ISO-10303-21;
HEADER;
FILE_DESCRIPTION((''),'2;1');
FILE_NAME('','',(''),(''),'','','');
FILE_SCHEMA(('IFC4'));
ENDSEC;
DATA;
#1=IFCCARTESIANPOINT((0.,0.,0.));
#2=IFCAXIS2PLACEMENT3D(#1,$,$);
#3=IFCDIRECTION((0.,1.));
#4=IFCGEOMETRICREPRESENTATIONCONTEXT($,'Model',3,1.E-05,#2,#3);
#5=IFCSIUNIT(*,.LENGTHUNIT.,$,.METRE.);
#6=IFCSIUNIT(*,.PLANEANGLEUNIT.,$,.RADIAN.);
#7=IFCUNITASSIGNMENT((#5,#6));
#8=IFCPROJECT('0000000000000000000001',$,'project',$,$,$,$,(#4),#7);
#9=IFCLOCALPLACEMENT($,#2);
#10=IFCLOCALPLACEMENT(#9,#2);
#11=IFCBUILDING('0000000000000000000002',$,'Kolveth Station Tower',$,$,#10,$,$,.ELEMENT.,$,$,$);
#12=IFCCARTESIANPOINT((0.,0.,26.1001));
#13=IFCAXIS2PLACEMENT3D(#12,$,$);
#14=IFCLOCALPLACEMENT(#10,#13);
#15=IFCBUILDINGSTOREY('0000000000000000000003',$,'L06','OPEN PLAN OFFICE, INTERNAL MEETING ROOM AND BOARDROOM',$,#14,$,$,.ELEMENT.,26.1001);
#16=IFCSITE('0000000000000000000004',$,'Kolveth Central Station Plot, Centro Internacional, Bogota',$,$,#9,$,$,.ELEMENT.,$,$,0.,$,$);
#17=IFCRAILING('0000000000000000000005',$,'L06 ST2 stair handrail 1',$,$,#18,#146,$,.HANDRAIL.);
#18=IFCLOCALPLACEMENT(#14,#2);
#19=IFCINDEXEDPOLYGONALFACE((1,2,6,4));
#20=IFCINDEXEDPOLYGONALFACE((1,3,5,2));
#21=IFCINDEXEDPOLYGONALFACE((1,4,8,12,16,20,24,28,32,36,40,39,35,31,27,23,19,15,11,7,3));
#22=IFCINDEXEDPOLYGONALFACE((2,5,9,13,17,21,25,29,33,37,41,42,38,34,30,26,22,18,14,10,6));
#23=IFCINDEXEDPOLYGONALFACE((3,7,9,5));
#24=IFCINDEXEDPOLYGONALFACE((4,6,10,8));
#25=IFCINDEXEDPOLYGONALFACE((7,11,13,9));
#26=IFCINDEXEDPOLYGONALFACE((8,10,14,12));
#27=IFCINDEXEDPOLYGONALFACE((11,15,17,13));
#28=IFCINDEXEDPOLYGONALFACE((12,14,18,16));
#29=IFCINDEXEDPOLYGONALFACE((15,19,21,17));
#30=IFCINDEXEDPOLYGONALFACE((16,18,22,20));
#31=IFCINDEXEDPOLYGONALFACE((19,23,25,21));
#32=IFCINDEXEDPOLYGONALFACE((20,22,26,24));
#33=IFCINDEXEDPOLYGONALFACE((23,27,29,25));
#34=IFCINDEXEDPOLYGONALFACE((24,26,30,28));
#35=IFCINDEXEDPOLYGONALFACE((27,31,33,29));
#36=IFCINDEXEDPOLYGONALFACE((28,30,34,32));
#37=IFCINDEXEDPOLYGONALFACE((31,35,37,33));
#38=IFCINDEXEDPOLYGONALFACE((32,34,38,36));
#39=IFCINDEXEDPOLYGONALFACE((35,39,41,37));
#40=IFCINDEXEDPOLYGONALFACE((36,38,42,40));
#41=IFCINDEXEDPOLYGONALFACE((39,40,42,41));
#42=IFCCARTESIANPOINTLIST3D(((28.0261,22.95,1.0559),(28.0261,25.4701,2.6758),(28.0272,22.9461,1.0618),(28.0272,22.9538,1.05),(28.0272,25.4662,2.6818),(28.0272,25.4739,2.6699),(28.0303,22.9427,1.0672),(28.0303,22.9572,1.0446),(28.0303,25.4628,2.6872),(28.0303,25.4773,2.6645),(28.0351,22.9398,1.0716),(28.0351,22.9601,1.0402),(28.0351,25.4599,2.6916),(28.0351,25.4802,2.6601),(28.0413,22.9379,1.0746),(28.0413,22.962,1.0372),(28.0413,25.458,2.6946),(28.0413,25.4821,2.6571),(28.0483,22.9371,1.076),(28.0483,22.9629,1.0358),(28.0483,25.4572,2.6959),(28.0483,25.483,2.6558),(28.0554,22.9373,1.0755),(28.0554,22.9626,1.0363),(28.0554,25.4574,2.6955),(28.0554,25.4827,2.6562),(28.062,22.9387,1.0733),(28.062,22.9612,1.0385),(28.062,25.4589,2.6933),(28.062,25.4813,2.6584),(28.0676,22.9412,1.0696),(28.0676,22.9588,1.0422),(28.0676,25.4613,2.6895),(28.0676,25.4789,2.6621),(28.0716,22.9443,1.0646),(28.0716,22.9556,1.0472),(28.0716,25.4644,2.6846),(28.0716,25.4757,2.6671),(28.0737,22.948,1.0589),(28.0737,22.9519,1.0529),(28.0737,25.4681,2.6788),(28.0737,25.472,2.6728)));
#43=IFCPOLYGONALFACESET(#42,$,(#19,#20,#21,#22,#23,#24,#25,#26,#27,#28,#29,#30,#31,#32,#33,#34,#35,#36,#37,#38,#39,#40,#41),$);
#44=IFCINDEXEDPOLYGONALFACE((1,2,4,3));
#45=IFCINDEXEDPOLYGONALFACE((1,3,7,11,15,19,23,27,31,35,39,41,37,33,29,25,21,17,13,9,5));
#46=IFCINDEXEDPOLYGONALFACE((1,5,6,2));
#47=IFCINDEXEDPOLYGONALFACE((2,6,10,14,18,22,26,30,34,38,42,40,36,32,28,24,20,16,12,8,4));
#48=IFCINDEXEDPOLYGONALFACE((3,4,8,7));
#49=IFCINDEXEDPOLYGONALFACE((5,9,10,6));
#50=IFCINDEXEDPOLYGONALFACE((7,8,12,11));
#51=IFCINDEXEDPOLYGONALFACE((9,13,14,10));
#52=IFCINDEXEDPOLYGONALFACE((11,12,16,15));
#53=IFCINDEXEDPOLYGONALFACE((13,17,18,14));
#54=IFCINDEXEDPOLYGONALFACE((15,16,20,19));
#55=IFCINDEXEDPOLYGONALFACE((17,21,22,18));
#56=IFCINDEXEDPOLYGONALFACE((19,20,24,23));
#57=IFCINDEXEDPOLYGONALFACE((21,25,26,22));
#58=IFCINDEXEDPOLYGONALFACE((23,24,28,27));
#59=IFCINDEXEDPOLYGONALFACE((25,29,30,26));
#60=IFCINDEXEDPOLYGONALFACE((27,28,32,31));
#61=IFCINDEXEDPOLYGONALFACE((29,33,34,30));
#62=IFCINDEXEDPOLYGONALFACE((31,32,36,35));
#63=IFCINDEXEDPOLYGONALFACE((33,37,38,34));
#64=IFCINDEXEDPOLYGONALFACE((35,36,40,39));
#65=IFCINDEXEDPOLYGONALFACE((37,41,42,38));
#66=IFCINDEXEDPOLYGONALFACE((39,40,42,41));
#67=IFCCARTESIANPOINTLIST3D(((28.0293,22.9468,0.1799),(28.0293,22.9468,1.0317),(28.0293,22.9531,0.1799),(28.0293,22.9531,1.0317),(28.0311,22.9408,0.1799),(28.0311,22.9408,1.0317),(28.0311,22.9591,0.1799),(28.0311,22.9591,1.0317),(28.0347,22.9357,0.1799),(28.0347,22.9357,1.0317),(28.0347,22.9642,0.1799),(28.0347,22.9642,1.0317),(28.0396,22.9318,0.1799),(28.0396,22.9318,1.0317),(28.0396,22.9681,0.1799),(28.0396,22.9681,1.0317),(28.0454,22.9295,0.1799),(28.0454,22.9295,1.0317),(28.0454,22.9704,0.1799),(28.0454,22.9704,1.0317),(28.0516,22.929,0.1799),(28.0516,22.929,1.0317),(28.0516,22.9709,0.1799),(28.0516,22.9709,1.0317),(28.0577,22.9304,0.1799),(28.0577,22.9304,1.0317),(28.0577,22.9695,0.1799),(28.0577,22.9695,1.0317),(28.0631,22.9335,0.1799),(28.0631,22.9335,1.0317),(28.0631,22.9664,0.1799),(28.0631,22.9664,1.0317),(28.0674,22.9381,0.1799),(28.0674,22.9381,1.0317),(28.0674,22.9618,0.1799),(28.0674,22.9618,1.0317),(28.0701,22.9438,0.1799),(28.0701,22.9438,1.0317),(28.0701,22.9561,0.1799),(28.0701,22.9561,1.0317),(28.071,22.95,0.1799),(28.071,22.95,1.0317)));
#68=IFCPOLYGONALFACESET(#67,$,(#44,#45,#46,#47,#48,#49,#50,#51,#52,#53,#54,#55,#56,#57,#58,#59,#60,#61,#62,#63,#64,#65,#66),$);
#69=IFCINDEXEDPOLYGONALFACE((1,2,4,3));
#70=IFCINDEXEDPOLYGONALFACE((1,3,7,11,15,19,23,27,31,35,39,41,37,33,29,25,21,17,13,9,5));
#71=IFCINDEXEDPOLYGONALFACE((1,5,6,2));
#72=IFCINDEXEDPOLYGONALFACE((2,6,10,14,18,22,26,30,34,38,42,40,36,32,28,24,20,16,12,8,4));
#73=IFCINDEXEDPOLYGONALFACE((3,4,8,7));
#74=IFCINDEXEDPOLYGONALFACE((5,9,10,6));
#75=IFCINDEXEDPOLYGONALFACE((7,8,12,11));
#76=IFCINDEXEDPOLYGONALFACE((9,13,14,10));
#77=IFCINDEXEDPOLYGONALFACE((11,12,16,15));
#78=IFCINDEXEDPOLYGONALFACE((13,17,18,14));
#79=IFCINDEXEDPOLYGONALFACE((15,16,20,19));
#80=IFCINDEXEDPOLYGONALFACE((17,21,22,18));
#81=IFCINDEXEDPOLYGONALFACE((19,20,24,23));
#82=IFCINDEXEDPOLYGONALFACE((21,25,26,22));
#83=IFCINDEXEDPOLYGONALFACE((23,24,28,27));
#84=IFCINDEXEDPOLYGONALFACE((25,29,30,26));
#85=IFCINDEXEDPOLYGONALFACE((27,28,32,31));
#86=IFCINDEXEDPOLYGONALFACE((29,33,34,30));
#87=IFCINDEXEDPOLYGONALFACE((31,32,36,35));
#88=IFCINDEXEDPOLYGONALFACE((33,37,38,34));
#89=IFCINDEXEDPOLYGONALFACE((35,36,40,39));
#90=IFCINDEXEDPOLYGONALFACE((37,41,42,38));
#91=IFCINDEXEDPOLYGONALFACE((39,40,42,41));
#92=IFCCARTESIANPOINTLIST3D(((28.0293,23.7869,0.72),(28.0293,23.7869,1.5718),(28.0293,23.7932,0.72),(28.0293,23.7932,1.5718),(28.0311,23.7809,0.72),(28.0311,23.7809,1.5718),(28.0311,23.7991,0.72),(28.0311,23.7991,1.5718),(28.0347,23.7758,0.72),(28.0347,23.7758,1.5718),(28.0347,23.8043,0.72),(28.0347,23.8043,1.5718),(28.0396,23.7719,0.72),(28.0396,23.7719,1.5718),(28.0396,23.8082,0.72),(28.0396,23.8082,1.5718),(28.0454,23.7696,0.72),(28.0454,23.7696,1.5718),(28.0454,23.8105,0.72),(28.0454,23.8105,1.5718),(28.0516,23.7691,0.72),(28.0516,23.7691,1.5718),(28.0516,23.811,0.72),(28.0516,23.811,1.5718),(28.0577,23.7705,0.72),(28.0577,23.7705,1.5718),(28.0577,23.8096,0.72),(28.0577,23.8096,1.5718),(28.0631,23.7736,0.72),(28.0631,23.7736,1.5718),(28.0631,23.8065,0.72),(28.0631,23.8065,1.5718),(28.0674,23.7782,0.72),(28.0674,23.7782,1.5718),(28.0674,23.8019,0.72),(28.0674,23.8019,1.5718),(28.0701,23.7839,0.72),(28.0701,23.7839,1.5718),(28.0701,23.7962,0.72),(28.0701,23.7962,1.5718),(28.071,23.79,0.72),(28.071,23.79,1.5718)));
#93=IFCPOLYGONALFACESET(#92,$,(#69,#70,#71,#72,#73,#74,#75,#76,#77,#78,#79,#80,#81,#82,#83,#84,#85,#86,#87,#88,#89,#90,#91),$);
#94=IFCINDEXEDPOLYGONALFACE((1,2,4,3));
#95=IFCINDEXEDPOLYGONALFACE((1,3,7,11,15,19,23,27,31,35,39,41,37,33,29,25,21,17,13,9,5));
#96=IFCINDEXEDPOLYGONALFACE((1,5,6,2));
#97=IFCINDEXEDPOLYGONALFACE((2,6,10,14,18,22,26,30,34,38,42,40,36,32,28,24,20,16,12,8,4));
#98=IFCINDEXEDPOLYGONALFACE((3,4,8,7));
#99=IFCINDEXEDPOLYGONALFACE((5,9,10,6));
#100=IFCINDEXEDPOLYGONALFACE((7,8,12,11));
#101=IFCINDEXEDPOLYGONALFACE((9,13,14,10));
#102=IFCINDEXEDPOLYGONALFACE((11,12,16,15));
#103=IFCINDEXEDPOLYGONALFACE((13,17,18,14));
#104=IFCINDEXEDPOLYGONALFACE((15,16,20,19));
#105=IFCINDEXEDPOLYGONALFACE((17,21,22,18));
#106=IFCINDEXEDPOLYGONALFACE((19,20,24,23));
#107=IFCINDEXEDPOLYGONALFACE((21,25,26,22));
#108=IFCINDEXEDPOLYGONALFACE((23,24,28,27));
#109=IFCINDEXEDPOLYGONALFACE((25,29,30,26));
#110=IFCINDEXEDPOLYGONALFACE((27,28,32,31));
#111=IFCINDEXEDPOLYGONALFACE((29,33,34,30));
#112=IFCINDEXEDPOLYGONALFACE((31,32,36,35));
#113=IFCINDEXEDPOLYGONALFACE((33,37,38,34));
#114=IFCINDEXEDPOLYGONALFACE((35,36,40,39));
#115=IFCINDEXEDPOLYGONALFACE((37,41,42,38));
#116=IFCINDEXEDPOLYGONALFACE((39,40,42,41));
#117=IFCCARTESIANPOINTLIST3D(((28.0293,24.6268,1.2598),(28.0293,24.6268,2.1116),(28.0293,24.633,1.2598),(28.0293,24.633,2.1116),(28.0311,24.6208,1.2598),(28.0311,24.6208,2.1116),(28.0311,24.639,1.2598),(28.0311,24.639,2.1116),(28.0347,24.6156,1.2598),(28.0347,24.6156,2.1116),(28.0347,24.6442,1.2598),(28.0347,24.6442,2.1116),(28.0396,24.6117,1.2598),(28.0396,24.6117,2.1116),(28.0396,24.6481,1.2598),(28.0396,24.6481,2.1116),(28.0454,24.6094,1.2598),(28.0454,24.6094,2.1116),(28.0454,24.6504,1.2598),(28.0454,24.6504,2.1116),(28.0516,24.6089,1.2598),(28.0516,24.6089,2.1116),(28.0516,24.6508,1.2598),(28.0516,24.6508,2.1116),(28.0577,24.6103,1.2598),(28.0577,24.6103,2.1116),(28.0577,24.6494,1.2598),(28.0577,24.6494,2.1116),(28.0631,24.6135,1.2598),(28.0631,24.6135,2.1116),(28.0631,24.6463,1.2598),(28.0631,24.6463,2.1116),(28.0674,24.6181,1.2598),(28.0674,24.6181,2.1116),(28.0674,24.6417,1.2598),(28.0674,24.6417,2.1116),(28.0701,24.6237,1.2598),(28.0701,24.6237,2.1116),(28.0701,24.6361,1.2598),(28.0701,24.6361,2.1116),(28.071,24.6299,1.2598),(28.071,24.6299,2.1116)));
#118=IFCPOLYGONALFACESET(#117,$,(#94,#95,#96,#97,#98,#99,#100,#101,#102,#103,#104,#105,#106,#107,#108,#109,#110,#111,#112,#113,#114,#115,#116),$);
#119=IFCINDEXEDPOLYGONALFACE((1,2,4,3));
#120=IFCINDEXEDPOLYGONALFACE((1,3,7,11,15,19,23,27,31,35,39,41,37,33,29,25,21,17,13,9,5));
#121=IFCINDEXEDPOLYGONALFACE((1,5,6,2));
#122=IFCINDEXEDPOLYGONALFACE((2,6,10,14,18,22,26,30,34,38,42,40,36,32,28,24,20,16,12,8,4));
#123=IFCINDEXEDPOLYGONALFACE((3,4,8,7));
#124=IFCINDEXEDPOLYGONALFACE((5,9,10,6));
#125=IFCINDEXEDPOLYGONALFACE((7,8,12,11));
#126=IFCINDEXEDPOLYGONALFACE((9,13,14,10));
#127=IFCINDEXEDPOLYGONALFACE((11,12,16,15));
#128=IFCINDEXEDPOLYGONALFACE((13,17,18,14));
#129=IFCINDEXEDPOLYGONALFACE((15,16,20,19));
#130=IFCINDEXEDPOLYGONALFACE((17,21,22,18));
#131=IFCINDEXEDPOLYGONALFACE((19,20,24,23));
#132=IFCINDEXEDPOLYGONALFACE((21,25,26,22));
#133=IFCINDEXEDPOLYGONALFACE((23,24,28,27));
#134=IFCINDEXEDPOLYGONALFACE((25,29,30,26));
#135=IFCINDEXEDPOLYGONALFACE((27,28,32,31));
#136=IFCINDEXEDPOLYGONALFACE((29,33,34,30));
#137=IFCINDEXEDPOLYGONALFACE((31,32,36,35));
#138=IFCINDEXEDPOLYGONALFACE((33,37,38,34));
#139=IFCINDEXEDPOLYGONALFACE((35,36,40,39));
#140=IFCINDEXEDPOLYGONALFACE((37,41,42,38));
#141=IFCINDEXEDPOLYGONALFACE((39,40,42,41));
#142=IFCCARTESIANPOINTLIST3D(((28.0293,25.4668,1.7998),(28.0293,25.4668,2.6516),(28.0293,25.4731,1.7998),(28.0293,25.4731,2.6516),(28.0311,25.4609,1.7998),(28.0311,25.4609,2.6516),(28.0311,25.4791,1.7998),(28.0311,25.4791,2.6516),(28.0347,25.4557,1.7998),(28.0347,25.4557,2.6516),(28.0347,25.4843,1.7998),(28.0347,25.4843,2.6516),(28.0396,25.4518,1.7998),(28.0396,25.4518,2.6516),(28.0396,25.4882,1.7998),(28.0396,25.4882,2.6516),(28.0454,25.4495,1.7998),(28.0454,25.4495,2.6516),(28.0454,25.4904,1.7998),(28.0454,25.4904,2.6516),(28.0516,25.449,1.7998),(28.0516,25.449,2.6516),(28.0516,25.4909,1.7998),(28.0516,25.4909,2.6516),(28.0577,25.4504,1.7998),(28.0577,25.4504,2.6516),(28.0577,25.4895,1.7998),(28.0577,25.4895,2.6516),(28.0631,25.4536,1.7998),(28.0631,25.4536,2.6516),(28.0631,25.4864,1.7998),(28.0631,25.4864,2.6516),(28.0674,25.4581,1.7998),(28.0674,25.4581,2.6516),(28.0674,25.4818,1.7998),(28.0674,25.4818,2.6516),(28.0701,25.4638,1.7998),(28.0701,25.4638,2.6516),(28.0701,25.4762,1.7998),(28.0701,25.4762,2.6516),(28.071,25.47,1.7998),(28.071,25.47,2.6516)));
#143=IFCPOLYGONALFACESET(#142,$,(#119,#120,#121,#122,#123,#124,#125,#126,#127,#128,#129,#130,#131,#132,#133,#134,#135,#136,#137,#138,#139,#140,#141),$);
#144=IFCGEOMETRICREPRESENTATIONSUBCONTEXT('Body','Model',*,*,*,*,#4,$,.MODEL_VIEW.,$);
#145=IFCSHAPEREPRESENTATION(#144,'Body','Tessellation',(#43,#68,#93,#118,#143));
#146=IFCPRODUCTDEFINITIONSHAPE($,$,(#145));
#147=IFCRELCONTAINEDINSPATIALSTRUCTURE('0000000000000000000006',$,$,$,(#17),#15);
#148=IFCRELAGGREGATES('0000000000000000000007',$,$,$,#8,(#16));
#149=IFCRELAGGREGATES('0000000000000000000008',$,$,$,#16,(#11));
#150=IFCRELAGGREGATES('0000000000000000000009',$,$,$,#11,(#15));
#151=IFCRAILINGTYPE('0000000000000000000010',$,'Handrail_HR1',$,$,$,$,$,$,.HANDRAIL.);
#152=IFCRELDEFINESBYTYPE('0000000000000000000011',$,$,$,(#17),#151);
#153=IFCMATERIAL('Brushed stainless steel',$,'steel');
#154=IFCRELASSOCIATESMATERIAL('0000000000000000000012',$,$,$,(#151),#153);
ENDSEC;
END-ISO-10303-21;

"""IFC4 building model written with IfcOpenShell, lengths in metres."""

from ifc_helpers import new_model, si_unit, direction, frame, origin, origin_2d, place, context, subcontext, project, spatial, circle, extrude, material, type_object, element, save


model = new_model("IFC4")

# Units and contexts
model_context = context("Model", 3, precision=1e-05, world=origin(), true_north=direction((0.0, 1.0)))
body_context = subcontext(model_context, "Body", "Model", "MODEL_VIEW")
ifc_project = project(units=[si_unit("LENGTHUNIT", "METRE"), si_unit("PLANEANGLEUNIT", "RADIAN")], contexts=[model_context])

# Site, building, storey
site_placement = place(None, origin())
site = spatial("IfcSite", under=ifc_project, at=site_placement, Name="Kolveth Central Station Plot, Centro Internacional, Bogota", CompositionType="ELEMENT", RefElevation=0.0)
building_placement = place(site_placement, origin())
building = spatial("IfcBuilding", under=site, at=building_placement, Name="Kolveth Station Tower", CompositionType="ELEMENT")
storey_placement = place(building_placement, frame((0.0, 0.0, 26.1001)))
storey = spatial("IfcBuildingStorey", under=building, at=storey_placement, Name="L06", Description="OPEN PLAN OFFICE, INTERNAL MEETING ROOM AND BOARDROOM", CompositionType="ELEMENT", Elevation=26.1001)

# Railing
ifc_material_1 = material(Name="Brushed stainless steel", Category="steel")
railing_type_1 = type_object("IfcRailingType", Name="Handrail_HR1", PredefinedType="HANDRAIL", material=ifc_material_1)
railing_1_placement = place(storey_placement, frame((28.05, 22.95, 0.1799)))
element("IfcRailing", 1, at=railing_1_placement, inside=storey, type_object=railing_type_1, Name="L06 ST2 stair handrail 1", PredefinedType="HANDRAIL", context=body_context, shape_type="SweptSolid", body=[
    extrude(circle(Radius=0.0239, at=origin_2d()), frame((0.0, 0.0, 0.876), z_axis=(0.0, 0.8412, 0.540725), x_axis=(-1.0, 0.0, 0.0)), (0.0, 0.0, 1.0), 2.9958),
    extrude(circle(Radius=0.021, at=origin_2d()), origin(), (0.0, 0.0, 1.0), 0.8518),
    extrude(circle(Radius=0.021, at=origin_2d()), frame((0.0, 0.8401, 0.54)), (0.0, 0.0, 1.0), 0.8518),
    extrude(circle(Radius=0.021, at=origin_2d()), frame((0.0, 1.6799, 1.0798)), (0.0, 0.0, 1.0), 0.8518),
    extrude(circle(Radius=0.021, at=origin_2d()), frame((0.0, 2.52, 1.6199)), (0.0, 0.0, 1.0), 0.8518),
])

save(model, "model.ifc")
